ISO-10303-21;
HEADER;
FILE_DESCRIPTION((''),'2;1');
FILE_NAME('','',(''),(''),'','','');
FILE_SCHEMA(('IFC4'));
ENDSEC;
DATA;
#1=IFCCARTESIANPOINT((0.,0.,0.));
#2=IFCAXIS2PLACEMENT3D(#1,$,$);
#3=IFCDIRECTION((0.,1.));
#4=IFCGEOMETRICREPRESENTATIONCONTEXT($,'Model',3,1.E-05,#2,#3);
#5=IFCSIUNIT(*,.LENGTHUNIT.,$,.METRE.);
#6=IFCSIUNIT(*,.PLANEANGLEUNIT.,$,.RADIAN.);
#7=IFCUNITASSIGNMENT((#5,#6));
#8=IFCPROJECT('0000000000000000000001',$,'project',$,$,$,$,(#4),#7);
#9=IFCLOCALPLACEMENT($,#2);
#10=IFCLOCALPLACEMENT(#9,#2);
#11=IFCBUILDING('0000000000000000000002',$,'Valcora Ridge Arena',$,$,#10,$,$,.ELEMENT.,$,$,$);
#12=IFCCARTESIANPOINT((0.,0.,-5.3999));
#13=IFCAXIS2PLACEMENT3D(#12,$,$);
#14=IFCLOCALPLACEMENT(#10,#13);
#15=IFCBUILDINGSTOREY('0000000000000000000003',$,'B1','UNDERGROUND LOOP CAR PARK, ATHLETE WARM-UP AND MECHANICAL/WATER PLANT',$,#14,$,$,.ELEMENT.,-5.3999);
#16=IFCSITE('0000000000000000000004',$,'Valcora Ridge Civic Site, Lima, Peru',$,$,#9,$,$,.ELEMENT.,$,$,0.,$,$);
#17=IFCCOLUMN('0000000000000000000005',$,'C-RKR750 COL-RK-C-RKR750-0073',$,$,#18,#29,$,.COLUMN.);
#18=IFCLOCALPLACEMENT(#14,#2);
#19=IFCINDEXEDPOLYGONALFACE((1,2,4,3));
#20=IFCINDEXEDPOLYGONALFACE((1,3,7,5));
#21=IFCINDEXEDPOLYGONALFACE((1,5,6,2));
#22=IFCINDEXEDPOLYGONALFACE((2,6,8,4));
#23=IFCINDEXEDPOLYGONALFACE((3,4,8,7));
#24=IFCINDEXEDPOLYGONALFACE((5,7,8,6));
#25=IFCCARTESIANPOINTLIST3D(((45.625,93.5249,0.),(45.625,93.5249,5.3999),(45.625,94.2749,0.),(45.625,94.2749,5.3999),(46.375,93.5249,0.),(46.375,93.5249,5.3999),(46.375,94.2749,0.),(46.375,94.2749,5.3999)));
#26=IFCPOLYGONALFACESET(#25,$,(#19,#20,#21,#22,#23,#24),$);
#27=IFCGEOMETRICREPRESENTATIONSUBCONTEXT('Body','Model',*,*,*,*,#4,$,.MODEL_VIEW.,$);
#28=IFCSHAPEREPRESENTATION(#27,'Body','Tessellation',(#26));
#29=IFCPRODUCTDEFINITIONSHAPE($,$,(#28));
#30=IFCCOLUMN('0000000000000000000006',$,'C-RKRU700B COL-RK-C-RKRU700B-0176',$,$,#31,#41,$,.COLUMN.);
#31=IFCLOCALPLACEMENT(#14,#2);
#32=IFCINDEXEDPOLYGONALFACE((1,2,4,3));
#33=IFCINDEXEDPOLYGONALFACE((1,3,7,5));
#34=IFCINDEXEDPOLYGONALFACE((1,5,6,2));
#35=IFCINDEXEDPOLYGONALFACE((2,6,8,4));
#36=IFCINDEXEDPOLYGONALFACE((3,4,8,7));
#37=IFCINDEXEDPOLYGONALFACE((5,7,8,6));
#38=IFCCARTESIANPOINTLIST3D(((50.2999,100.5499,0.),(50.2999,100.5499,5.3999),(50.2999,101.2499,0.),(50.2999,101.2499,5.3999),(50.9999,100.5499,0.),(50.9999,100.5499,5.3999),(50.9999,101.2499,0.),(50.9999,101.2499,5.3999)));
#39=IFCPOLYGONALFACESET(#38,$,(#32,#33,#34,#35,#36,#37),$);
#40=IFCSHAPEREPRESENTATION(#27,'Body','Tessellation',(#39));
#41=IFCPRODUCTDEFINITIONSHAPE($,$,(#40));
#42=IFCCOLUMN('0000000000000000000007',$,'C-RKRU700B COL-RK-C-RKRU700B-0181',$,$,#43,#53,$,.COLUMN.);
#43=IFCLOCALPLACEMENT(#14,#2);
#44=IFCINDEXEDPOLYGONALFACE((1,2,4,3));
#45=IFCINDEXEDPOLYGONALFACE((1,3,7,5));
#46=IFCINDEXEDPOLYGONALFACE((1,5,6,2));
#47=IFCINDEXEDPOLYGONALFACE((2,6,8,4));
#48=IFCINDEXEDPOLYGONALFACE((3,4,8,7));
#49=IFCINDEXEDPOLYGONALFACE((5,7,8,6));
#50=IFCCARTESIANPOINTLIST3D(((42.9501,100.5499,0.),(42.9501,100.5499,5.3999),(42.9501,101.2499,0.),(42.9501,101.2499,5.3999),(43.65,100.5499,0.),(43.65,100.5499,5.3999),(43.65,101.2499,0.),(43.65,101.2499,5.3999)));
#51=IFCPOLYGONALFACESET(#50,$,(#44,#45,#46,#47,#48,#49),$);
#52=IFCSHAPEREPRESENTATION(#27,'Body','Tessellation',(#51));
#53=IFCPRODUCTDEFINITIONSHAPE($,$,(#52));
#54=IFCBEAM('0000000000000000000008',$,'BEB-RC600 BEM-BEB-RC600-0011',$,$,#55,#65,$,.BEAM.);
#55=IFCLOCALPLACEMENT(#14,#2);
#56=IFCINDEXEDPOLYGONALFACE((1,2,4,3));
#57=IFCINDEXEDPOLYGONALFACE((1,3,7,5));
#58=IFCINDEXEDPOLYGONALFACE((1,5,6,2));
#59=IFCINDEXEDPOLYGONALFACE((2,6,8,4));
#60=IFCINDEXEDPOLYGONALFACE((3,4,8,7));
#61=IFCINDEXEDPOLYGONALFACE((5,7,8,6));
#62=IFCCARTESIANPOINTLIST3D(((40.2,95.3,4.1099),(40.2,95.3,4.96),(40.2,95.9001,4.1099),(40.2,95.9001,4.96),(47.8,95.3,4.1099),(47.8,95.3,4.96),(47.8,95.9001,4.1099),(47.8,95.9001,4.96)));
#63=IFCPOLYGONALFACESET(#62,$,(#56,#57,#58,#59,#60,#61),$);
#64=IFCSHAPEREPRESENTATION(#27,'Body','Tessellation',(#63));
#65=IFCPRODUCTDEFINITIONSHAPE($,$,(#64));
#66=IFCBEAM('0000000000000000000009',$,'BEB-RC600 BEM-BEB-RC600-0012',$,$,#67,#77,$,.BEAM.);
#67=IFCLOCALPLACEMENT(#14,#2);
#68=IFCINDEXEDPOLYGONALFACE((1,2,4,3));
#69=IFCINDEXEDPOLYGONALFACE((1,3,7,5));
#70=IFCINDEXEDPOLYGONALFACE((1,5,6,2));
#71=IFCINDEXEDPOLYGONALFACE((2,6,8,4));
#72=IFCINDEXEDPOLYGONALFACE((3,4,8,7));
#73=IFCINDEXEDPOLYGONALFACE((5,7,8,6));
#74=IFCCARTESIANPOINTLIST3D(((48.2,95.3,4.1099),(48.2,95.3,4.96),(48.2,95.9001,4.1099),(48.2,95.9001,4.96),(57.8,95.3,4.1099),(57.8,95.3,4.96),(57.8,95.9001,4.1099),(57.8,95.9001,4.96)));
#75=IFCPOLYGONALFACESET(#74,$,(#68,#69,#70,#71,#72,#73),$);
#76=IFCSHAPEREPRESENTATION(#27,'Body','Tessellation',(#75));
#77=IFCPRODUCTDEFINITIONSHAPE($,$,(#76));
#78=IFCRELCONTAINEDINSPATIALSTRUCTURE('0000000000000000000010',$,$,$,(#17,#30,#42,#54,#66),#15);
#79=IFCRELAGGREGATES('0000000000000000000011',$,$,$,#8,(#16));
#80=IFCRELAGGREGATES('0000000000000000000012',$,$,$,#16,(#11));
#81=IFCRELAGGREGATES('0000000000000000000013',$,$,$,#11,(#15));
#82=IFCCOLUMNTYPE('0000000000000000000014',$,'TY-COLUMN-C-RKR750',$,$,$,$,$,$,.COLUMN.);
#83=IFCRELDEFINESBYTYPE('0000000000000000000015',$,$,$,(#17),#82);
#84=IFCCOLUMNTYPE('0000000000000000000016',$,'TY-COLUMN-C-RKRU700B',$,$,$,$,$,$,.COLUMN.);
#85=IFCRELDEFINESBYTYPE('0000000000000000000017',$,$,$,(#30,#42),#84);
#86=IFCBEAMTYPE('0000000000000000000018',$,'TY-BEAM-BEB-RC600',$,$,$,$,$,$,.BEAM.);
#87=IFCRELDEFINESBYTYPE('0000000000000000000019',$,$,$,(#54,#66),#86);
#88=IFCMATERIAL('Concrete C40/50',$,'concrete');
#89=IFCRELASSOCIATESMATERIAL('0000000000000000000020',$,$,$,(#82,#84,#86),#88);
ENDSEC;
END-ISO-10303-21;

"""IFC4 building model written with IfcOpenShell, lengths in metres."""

from ifc_helpers import new_model, si_unit, direction, frame, origin, origin_2d, place, context, subcontext, project, spatial, rectangle, extrude, material, material_profile, profile_set, type_object, element, save


model = new_model("IFC4")

# Units and contexts
model_context = context("Model", 3, precision=1e-05, world=origin(), true_north=direction((0.0, 1.0)))
body_context = subcontext(model_context, "Body", "Model", "MODEL_VIEW")
ifc_project = project(units=[si_unit("LENGTHUNIT", "METRE"), si_unit("PLANEANGLEUNIT", "RADIAN")], contexts=[model_context])

# Site, building, storey
site_placement = place(None, origin())
site = spatial("IfcSite", under=ifc_project, at=site_placement, Name="Valcora Ridge Civic Site, Lima, Peru", CompositionType="ELEMENT", RefElevation=0.0)
building_placement = place(site_placement, origin())
building = spatial("IfcBuilding", under=site, at=building_placement, Name="Valcora Ridge Arena", CompositionType="ELEMENT")
storey_placement = place(building_placement, frame((0.0, 0.0, -5.3999)))
storey = spatial("IfcBuildingStorey", under=building, at=storey_placement, Name="B1", Description="UNDERGROUND LOOP CAR PARK, ATHLETE WARM-UP AND MECHANICAL/WATER PLANT", CompositionType="ELEMENT", Elevation=-5.3999)

# Shared definitions
ifc_material_1 = material(Name="Concrete C40/50", Category="concrete")

# Columns
ifc_material_profile_1 = material_profile(ifc_material_1, rectangle(XDim=0.75, YDim=0.75, at=origin_2d()), Name="RC 750x750")
ifc_profile_set_1 = profile_set([ifc_material_profile_1], Name="Concrete C40/50")
column_type_1 = type_object("IfcColumnType", Name="TY-COLUMN-C-RKR750", PredefinedType="COLUMN", material=ifc_profile_set_1)
for number, where, z_axis, x_axis, name in (
    (1, (46.0, 93.8999, 0.0), (0.0, 0.0, 1.0), (1.0, 0.0, 0.0), "C-RKR750 COL-RK-C-RKR750-0073"),
):
    element("IfcColumn", number, at=place(storey_placement, frame(where, z_axis=z_axis, x_axis=x_axis)), inside=storey, type_object=column_type_1, Name=name, PredefinedType="COLUMN", context=body_context, shape_type="SweptSolid", body=[
        extrude(rectangle(XDim=0.75, YDim=0.75, at=origin_2d()), origin(), (0.0, 0.0, 1.0), 5.3999),
    ])
ifc_material_profile_2 = material_profile(ifc_material_1, rectangle(XDim=0.7, YDim=0.7, at=origin_2d()), Name="RC 700x700")
ifc_profile_set_2 = profile_set([ifc_material_profile_2], Name="Concrete C40/50")
column_type_2 = type_object("IfcColumnType", Name="TY-COLUMN-C-RKRU700B", PredefinedType="COLUMN", material=ifc_profile_set_2)
for number, where, z_axis, x_axis, name in (
    (2, (50.6499, 100.8999, 0.0), (0.0, 0.0, 1.0), (1.0, 0.0, 0.0), "C-RKRU700B COL-RK-C-RKRU700B-0176"),
    (3, (43.3, 100.8999, 0.0), (0.0, 0.0, 1.0), (1.0, 0.0, 0.0), "C-RKRU700B COL-RK-C-RKRU700B-0181"),
):
    element("IfcColumn", number, at=place(storey_placement, frame(where, z_axis=z_axis, x_axis=x_axis)), inside=storey, type_object=column_type_2, Name=name, PredefinedType="COLUMN", context=body_context, shape_type="SweptSolid", body=[
        extrude(rectangle(XDim=0.7, YDim=0.7, at=origin_2d()), origin(), (0.0, 0.0, 1.0), 5.3999),
    ])

# Beams
ifc_material_profile_3 = material_profile(ifc_material_1, rectangle(XDim=0.6001, YDim=0.8501, at=origin_2d()), Name="RC 600x850")
ifc_profile_set_3 = profile_set([ifc_material_profile_3], Name="Concrete C40/50")
beam_type = type_object("IfcBeamType", Name="TY-BEAM-BEB-RC600", PredefinedType="BEAM", material=ifc_profile_set_3)
beam_1_placement = place(storey_placement, frame((40.2, 95.6001, 4.5349), z_axis=(1.0, 0.0, 0.0), x_axis=(0.0, 1.0, 0.0)))
element("IfcBeam", 4, at=beam_1_placement, inside=storey, type_object=beam_type, Name="BEB-RC600 BEM-BEB-RC600-0011", PredefinedType="BEAM", context=body_context, shape_type="SweptSolid", body=[
    extrude(rectangle(XDim=0.6001, YDim=0.8501, at=origin_2d()), origin(), (0.0, 0.0, 1.0), 7.6001),
])
beam_2_placement = place(storey_placement, frame((48.2, 95.6001, 4.5349), z_axis=(1.0, 0.0, 0.0), x_axis=(0.0, 1.0, 0.0)))
element("IfcBeam", 5, at=beam_2_placement, inside=storey, type_object=beam_type, Name="BEB-RC600 BEM-BEB-RC600-0012", PredefinedType="BEAM", context=body_context, shape_type="SweptSolid", body=[
    extrude(rectangle(XDim=0.6001, YDim=0.8501, at=origin_2d()), origin(), (0.0, 0.0, 1.0), 9.6001),
])

save(model, "model.ifc")
